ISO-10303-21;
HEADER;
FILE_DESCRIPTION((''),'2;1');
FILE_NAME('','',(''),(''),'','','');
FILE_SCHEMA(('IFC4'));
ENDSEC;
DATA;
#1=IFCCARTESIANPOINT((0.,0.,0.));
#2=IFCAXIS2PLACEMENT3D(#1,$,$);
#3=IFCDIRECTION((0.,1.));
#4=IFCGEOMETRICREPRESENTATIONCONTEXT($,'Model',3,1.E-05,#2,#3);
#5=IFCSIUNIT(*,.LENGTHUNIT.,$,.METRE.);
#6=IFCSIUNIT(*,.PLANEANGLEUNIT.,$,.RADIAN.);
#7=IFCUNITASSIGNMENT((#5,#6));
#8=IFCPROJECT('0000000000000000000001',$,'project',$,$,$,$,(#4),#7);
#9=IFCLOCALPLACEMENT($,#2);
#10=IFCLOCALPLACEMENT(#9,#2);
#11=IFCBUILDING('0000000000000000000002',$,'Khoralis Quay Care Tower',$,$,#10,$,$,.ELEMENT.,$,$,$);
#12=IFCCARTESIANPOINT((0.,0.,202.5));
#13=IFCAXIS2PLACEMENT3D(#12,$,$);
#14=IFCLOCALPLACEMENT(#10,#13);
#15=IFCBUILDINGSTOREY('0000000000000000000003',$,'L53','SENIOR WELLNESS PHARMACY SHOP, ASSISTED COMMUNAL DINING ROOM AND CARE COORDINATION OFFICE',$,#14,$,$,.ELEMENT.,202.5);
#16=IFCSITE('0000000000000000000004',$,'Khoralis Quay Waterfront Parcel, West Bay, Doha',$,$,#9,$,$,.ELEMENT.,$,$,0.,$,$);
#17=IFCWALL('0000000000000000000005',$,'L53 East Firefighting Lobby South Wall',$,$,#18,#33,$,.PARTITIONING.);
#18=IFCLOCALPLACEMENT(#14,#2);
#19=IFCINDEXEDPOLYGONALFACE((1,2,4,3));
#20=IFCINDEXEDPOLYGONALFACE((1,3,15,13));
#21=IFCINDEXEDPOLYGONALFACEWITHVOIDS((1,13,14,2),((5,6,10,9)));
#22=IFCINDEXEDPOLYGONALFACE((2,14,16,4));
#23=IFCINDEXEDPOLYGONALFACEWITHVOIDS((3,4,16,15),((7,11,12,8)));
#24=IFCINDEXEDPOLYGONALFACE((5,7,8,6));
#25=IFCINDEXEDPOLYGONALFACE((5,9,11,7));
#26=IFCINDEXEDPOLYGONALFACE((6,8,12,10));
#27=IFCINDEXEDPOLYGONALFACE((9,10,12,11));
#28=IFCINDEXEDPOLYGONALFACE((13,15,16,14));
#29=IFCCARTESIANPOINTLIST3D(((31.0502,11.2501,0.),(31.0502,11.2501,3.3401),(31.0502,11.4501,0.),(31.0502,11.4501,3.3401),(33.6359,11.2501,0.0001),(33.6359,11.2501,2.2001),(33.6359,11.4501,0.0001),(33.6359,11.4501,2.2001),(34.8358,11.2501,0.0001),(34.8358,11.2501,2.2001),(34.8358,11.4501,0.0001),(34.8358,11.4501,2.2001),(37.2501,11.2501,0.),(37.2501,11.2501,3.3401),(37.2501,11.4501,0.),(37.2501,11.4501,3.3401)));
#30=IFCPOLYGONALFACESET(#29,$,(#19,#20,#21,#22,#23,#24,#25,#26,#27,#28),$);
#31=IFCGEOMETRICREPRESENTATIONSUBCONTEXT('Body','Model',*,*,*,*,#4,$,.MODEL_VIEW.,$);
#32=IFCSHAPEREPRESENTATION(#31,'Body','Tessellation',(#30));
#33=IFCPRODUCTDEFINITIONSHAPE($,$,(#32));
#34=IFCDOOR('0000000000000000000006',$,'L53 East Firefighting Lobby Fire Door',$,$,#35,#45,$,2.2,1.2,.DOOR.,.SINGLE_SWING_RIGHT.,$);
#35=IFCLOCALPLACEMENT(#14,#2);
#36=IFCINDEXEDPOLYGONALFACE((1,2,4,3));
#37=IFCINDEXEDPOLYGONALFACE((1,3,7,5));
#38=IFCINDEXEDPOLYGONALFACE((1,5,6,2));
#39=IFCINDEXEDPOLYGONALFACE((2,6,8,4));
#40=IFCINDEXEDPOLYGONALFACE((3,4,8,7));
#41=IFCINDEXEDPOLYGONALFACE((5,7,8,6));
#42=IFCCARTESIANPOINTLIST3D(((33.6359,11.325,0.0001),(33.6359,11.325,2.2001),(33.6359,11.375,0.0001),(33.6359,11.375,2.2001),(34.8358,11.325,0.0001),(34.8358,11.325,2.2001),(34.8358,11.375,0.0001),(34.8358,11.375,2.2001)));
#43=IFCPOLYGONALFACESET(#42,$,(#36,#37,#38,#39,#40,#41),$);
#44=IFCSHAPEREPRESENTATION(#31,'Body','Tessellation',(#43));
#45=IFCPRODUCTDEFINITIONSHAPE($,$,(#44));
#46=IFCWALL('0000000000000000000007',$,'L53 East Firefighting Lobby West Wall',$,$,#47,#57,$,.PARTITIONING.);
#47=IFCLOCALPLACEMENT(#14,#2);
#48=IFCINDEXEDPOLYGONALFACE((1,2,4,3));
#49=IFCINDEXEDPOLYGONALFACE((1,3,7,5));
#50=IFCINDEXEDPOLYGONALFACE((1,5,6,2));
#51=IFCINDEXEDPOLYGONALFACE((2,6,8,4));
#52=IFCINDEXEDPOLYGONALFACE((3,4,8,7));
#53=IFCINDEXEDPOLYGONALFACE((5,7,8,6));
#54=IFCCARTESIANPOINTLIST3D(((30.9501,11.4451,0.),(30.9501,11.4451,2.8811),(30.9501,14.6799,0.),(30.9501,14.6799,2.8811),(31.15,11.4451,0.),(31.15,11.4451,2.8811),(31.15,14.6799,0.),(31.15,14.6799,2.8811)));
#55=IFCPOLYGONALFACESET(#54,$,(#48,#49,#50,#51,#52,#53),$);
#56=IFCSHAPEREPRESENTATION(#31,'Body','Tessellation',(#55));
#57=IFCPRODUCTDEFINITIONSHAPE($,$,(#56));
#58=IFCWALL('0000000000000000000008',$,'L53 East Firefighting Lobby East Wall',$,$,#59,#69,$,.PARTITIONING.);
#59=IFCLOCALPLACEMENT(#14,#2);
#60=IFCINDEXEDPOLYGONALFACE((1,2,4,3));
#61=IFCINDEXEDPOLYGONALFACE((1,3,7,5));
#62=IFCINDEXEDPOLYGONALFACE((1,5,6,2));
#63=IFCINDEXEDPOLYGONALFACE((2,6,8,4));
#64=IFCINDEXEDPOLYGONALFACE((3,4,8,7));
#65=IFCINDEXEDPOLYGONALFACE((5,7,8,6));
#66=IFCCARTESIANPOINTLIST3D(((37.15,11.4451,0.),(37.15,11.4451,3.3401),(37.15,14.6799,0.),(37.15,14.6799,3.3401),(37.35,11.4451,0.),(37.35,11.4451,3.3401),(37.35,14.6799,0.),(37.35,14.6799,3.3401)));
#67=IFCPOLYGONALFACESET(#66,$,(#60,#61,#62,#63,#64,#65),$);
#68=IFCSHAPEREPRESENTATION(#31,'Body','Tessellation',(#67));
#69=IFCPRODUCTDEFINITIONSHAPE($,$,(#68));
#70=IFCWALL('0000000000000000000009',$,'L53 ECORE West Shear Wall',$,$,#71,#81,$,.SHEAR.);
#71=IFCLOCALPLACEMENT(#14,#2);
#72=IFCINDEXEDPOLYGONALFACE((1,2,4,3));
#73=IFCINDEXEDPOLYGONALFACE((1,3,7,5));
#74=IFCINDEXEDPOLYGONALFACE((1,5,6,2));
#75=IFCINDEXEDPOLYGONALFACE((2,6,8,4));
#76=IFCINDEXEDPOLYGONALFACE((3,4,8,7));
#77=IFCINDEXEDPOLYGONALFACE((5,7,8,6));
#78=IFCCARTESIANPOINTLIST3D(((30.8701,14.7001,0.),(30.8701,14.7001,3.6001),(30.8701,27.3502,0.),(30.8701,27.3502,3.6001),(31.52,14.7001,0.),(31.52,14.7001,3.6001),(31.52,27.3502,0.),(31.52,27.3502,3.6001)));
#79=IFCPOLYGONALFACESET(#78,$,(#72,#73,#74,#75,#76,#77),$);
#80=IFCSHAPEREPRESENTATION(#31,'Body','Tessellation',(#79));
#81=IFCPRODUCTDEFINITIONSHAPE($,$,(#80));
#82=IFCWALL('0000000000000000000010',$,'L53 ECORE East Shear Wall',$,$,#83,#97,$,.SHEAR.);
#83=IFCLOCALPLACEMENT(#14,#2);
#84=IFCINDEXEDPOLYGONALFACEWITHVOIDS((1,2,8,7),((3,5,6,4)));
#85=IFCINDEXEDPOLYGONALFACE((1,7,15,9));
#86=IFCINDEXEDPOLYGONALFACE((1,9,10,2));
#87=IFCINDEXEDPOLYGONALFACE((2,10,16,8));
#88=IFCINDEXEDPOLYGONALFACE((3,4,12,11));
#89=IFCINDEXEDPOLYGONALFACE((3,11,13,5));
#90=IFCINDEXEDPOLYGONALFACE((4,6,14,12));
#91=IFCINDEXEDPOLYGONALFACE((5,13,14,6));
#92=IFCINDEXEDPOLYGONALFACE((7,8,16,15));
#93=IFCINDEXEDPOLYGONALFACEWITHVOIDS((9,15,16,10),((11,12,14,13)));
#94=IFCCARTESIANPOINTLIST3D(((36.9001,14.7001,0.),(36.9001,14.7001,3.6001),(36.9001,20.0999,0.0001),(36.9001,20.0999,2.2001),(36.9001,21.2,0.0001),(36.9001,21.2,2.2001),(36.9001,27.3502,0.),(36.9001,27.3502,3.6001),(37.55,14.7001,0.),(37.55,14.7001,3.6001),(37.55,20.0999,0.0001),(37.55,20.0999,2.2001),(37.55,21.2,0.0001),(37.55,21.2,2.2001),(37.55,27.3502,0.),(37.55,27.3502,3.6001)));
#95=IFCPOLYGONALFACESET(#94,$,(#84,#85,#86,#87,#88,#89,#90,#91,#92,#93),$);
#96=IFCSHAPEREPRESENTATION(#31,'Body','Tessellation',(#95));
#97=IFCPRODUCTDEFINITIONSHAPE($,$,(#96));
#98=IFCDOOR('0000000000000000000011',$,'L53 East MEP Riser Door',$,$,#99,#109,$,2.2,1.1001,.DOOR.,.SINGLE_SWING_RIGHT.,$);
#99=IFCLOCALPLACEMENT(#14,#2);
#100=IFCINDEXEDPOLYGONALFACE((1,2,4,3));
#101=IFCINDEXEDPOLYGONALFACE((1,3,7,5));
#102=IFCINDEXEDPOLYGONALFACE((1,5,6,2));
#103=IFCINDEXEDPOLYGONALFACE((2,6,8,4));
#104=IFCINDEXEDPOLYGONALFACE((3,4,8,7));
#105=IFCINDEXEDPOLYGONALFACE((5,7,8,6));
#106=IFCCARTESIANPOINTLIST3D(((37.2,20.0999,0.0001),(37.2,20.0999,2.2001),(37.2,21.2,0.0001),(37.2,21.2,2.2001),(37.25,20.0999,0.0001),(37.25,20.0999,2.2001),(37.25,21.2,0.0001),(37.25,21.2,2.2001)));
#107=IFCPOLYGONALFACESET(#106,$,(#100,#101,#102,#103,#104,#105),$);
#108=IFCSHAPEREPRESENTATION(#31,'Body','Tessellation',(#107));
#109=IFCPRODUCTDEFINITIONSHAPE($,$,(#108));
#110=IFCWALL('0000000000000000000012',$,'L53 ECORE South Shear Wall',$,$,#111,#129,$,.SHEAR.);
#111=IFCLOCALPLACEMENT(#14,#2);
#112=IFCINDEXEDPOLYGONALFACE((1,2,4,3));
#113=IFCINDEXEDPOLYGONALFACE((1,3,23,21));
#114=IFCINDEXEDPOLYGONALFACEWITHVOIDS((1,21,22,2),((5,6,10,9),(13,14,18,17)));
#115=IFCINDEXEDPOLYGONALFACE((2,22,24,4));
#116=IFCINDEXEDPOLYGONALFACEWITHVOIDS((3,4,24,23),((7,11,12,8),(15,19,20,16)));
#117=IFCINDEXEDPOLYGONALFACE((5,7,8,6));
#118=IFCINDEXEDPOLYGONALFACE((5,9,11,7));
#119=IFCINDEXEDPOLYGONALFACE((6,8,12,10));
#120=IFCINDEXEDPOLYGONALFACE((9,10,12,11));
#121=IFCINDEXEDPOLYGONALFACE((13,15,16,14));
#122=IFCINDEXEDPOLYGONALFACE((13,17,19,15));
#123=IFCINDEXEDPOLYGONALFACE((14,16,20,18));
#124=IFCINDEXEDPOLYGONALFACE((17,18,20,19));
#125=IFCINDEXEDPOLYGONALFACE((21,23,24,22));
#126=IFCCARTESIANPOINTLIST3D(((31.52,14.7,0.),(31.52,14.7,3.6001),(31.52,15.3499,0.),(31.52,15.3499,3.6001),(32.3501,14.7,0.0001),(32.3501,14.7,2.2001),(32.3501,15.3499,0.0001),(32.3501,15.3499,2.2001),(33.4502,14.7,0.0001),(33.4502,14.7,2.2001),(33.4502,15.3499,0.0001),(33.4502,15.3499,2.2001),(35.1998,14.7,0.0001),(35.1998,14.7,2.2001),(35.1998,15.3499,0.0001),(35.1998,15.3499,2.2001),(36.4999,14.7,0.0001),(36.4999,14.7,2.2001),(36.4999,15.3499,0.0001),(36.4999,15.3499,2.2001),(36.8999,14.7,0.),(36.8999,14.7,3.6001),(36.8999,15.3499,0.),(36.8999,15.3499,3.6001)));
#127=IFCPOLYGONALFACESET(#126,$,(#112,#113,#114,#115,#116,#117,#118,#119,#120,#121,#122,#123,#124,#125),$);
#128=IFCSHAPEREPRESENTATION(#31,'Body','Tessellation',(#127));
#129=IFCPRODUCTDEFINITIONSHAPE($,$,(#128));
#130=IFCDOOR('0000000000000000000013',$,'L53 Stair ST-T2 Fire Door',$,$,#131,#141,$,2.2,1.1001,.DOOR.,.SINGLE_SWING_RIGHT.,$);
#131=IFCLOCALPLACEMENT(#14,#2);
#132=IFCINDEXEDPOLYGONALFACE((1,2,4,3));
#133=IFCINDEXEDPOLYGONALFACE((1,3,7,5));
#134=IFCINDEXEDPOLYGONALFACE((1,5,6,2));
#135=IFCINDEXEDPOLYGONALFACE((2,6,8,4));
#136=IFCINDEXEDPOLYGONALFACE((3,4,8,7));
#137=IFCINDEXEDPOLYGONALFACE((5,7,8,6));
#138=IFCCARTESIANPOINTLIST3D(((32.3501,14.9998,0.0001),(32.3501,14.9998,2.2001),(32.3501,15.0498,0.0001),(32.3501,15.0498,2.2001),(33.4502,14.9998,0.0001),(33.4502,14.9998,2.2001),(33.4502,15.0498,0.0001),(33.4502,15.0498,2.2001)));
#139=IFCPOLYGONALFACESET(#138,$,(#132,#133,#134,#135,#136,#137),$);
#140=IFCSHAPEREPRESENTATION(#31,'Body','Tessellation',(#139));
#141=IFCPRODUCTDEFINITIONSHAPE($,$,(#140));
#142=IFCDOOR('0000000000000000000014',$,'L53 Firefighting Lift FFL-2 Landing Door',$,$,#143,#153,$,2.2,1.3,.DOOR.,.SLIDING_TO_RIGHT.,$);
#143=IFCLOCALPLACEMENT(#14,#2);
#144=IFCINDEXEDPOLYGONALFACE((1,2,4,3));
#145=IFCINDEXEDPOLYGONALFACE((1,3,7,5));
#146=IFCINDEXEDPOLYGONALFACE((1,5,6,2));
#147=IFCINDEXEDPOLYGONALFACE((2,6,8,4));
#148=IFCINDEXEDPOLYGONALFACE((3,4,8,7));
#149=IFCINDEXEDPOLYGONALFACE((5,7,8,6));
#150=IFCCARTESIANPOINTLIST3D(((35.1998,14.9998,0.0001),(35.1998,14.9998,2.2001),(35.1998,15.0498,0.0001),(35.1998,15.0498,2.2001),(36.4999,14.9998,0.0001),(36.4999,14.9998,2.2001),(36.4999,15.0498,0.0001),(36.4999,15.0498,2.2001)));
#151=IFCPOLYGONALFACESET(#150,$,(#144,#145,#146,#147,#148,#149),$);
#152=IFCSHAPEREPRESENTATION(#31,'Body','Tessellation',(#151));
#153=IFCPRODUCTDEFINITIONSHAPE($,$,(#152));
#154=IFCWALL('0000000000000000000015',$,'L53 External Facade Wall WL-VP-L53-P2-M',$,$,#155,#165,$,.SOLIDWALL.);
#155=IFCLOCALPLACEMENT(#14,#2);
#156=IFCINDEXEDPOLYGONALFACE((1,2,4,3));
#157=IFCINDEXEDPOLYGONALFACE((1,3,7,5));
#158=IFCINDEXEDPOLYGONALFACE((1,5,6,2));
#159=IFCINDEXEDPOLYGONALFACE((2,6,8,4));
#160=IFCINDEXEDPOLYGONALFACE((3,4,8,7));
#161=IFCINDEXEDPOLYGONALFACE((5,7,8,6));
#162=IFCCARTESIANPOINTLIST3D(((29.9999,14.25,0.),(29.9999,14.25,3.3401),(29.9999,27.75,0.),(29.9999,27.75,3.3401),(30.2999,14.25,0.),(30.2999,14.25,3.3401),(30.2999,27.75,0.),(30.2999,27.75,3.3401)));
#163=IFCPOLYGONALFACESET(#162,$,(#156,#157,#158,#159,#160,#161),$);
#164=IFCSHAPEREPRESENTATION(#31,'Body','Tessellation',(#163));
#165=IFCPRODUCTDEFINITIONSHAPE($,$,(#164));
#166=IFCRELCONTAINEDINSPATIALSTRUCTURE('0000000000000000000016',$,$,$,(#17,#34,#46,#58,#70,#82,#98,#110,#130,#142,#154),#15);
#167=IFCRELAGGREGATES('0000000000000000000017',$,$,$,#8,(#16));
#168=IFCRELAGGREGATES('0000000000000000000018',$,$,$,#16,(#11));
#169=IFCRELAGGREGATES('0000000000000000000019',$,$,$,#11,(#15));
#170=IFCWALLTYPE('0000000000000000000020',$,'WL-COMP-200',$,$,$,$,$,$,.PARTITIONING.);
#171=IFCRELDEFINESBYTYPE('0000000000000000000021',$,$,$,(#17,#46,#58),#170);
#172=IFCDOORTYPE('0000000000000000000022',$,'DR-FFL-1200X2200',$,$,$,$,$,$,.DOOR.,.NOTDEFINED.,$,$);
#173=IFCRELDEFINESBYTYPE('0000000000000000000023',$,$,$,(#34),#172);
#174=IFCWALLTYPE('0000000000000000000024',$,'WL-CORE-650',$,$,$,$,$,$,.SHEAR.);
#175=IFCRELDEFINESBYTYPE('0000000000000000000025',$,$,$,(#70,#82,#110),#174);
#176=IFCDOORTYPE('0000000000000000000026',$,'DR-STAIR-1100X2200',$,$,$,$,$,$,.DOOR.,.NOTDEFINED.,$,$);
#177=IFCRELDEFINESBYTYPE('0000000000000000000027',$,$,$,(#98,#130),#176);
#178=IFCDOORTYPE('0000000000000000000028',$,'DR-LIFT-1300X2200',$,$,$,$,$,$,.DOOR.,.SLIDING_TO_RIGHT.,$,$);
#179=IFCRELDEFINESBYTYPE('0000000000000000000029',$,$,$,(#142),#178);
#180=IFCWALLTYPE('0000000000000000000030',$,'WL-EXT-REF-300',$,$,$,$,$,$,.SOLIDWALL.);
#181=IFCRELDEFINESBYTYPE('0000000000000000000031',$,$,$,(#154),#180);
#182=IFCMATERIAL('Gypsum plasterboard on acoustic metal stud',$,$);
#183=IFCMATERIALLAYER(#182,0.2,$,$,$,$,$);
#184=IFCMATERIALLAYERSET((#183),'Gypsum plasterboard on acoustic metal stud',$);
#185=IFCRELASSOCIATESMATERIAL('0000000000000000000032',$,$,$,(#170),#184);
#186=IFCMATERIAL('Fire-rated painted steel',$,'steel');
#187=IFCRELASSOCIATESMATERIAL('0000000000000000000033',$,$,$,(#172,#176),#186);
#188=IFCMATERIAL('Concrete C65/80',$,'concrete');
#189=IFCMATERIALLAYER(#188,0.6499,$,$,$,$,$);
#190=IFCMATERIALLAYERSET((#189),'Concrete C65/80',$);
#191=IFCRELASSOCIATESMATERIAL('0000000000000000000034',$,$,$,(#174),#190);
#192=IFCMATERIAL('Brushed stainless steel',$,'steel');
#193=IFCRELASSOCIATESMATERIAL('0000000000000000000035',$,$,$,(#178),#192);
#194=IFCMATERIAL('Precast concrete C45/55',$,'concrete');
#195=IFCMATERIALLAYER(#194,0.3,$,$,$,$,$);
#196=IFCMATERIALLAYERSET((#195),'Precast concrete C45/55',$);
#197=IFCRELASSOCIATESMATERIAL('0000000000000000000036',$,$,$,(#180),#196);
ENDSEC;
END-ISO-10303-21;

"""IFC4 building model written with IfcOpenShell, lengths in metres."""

from ifc_helpers import new_model, si_unit, direction, frame, frame_2d, origin, place, context, subcontext, project, spatial, rectangle, extrude, source, transform, mapped, material, layer, layer_set, type_object, element, fill, save


model = new_model("IFC4")

# Units and contexts
model_context = context("Model", 3, precision=1e-05, world=origin(), true_north=direction((0.0, 1.0)))
body_context = subcontext(model_context, "Body", "Model", "MODEL_VIEW")
ifc_project = project(units=[si_unit("LENGTHUNIT", "METRE"), si_unit("PLANEANGLEUNIT", "RADIAN")], contexts=[model_context])

# Site, building, storey
site_placement = place(None, origin())
site = spatial("IfcSite", under=ifc_project, at=site_placement, Name="Khoralis Quay Waterfront Parcel, West Bay, Doha", CompositionType="ELEMENT", RefElevation=0.0)
building_placement = place(site_placement, origin())
building = spatial("IfcBuilding", under=site, at=building_placement, Name="Khoralis Quay Care Tower", CompositionType="ELEMENT")
storey_placement = place(building_placement, frame((0.0, 0.0, 202.5)))
storey = spatial("IfcBuildingStorey", under=building, at=storey_placement, Name="L53", Description="SENIOR WELLNESS PHARMACY SHOP, ASSISTED COMMUNAL DINING ROOM AND CARE COORDINATION OFFICE", CompositionType="ELEMENT", Elevation=202.5)

# Wall, opening, door
ifc_material_1 = material(Name="Gypsum plasterboard on acoustic metal stud")
ifc_layer_1 = layer(ifc_material_1, 0.2)
ifc_layer_set_1 = layer_set([ifc_layer_1], Name="Gypsum plasterboard on acoustic metal stud")
wall_type_1 = type_object("IfcWallType", Name="WL-COMP-200", PredefinedType="PARTITIONING", material=ifc_layer_set_1)
wall_1_placement = place(storey_placement, frame((31.05, 11.3501, 0.0), z_axis=(0.0, 0.0, 1.0), x_axis=(1.0, 0.0, 0.0)))
wall_1 = element("IfcWall", 1, at=wall_1_placement, inside=storey, type_object=wall_type_1, Name="L53 East Firefighting Lobby South Wall", PredefinedType="PARTITIONING", context=body_context, shape_type="SweptSolid", body=[
    extrude(rectangle(XDim=6.2, YDim=0.2, at=frame_2d((3.1001, 0.0))), origin(), (0.0, 0.0, 1.0), 3.3401),
])
opening_1_placement = place(wall_1_placement, frame((2.5857, 0.0, 0.0)))
opening_1 = element("IfcOpeningElement", 2, at=opening_1_placement, cuts=wall_1, PredefinedType="OPENING", context=body_context, shape_type="SweptSolid", body=[
    extrude(rectangle(XDim=1.2, YDim=2.2, at=frame_2d((0.6001, 1.1001))), frame((0.0, 0.1099, 0.0), z_axis=(0.0, -1.0, 0.0), x_axis=(1.0, 0.0, 0.0)), (0.0, 0.0, 1.0), 0.22),
])
ifc_material_2 = material(Name="Fire-rated painted steel", Category="steel")
door_type_1 = type_object("IfcDoorType", Name="DR-FFL-1200X2200", OperationType="NOTDEFINED", PredefinedType="DOOR", material=ifc_material_2)
shared_shape_1 = source(origin(), body_context, "Body", "SweptSolid", [
    extrude(rectangle(XDim=1.2, YDim=2.2, at=frame_2d((0.6001, 1.1001))), frame((0.0, 0.0249, 0.0), z_axis=(0.0, -1.0, 0.0), x_axis=(1.0, 0.0, 0.0)), (0.0, 0.0, 1.0), 0.05),
])
door_1_placement = place(opening_1_placement, origin())
door_1 = element("IfcDoor", 3, at=door_1_placement, inside=storey, type_object=door_type_1, Name="L53 East Firefighting Lobby Fire Door", OperationType="SINGLE_SWING_RIGHT", OverallHeight=2.2, OverallWidth=1.2, PredefinedType="DOOR", context=body_context, shape_type="MappedRepresentation", body=[
    mapped(shared_shape_1, transform((0.0, 0.0, 0.0), scale=1.0)),
])
fill(opening_1, door_1)

# Walls
wall_2_placement = place(storey_placement, frame((31.05, 11.4451, 0.0), z_axis=(0.0, 0.0, 1.0), x_axis=(0.0, 1.0, 0.0)))
element("IfcWall", 4, at=wall_2_placement, inside=storey, type_object=wall_type_1, Name="L53 East Firefighting Lobby West Wall", PredefinedType="PARTITIONING", context=body_context, shape_type="SweptSolid", body=[
    extrude(rectangle(XDim=3.2349, YDim=0.2, at=frame_2d((1.6174, 0.0))), origin(), (0.0, 0.0, 1.0), 2.8811),
])
wall_3_placement = place(storey_placement, frame((37.25, 11.4451, 0.0), z_axis=(0.0, 0.0, 1.0), x_axis=(0.0, 1.0, 0.0)))
element("IfcWall", 5, at=wall_3_placement, inside=storey, type_object=wall_type_1, Name="L53 East Firefighting Lobby East Wall", PredefinedType="PARTITIONING", context=body_context, shape_type="SweptSolid", body=[
    extrude(rectangle(XDim=3.2349, YDim=0.2, at=frame_2d((1.6174, 0.0))), origin(), (0.0, 0.0, 1.0), 3.3401),
])
ifc_material_3 = material(Name="Concrete C65/80", Category="concrete")
ifc_layer_2 = layer(ifc_material_3, 0.6499)
ifc_layer_set_2 = layer_set([ifc_layer_2], Name="Concrete C65/80")
wall_type_2 = type_object("IfcWallType", Name="WL-CORE-650", PredefinedType="SHEAR", material=ifc_layer_set_2)
wall_4_placement = place(storey_placement, frame((31.1951, 14.7, 0.0), z_axis=(0.0, 0.0, 1.0), x_axis=(0.0, 1.0, 0.0)))
element("IfcWall", 6, at=wall_4_placement, inside=storey, type_object=wall_type_2, Name="L53 ECORE West Shear Wall", PredefinedType="SHEAR", context=body_context, shape_type="SweptSolid", body=[
    extrude(rectangle(XDim=12.6501, YDim=0.6499, at=frame_2d((6.3252, 0.0))), origin(), (0.0, 0.0, 1.0), 3.6001),
])

# Wall, opening, door
wall_5_placement = place(storey_placement, frame((37.2251, 14.7, 0.0), z_axis=(0.0, 0.0, 1.0), x_axis=(0.0, 1.0, 0.0)))
wall_5 = element("IfcWall", 7, at=wall_5_placement, inside=storey, type_object=wall_type_2, Name="L53 ECORE East Shear Wall", PredefinedType="SHEAR", context=body_context, shape_type="SweptSolid", body=[
    extrude(rectangle(XDim=12.6501, YDim=0.6499, at=frame_2d((6.3252, 0.0))), origin(), (0.0, 0.0, 1.0), 3.6001),
])
opening_2_placement = place(wall_5_placement, frame((5.3999, 0.0, 0.0)))
opening_2 = element("IfcOpeningElement", 8, at=opening_2_placement, cuts=wall_5, PredefinedType="OPENING", context=body_context, shape_type="SweptSolid", body=[
    extrude(rectangle(XDim=1.1001, YDim=2.2, at=frame_2d((0.55, 1.1001))), frame((0.0, 0.335, 0.0), z_axis=(0.0, -1.0, 0.0), x_axis=(1.0, 0.0, 0.0)), (0.0, 0.0, 1.0), 0.6699),
])
door_type_2 = type_object("IfcDoorType", Name="DR-STAIR-1100X2200", OperationType="NOTDEFINED", PredefinedType="DOOR", material=ifc_material_2)
shared_shape_2 = source(origin(), body_context, "Body", "SweptSolid", [
    extrude(rectangle(XDim=1.1001, YDim=2.2, at=frame_2d((0.55, 1.1001))), frame((0.0, 0.0249, 0.0), z_axis=(0.0, -1.0, 0.0), x_axis=(1.0, 0.0, 0.0)), (0.0, 0.0, 1.0), 0.05),
])
door_2_placement = place(opening_2_placement, frame((1.1001, 0.0, 0.0), z_axis=(0.0, 0.0, 1.0), x_axis=(-1.0, 0.0, 0.0)))
door_2 = element("IfcDoor", 9, at=door_2_placement, inside=storey, type_object=door_type_2, Name="L53 East MEP Riser Door", OperationType="SINGLE_SWING_RIGHT", OverallHeight=2.2, OverallWidth=1.1001, PredefinedType="DOOR", context=body_context, shape_type="MappedRepresentation", body=[
    mapped(shared_shape_2, transform((0.0, 0.0, 0.0), scale=1.0)),
])
fill(opening_2, door_2)

# Wall, openings, doors
wall_6_placement = place(storey_placement, frame((31.52, 15.0249, 0.0), z_axis=(0.0, 0.0, 1.0), x_axis=(1.0, 0.0, 0.0)))
wall_6 = element("IfcWall", 10, at=wall_6_placement, inside=storey, type_object=wall_type_2, Name="L53 ECORE South Shear Wall", PredefinedType="SHEAR", context=body_context, shape_type="SweptSolid", body=[
    extrude(rectangle(XDim=5.3799, YDim=0.6499, at=frame_2d((2.6899, 0.0))), origin(), (0.0, 0.0, 1.0), 3.6001),
])
opening_3_placement = place(wall_6_placement, frame((0.8301, 0.0, 0.0)))
opening_3 = element("IfcOpeningElement", 11, at=opening_3_placement, cuts=wall_6, PredefinedType="OPENING", context=body_context, shape_type="SweptSolid", body=[
    extrude(rectangle(XDim=1.1001, YDim=2.2, at=frame_2d((0.55, 1.1001))), frame((0.0, 0.335, 0.0), z_axis=(0.0, -1.0, 0.0), x_axis=(1.0, 0.0, 0.0)), (0.0, 0.0, 1.0), 0.6699),
])
opening_4_placement = place(wall_6_placement, frame((3.6799, 0.0, 0.0)))
opening_4 = element("IfcOpeningElement", 12, at=opening_4_placement, cuts=wall_6, PredefinedType="OPENING", context=body_context, shape_type="SweptSolid", body=[
    extrude(rectangle(XDim=1.3, YDim=2.2, at=frame_2d((0.6499, 1.1001))), frame((0.0, 0.335, 0.0), z_axis=(0.0, -1.0, 0.0), x_axis=(1.0, 0.0, 0.0)), (0.0, 0.0, 1.0), 0.6699),
])
door_3_placement = place(opening_3_placement, origin())
door_3 = element("IfcDoor", 13, at=door_3_placement, inside=storey, type_object=door_type_2, Name="L53 Stair ST-T2 Fire Door", OperationType="SINGLE_SWING_RIGHT", OverallHeight=2.2, OverallWidth=1.1001, PredefinedType="DOOR", context=body_context, shape_type="MappedRepresentation", body=[
    mapped(shared_shape_2, transform((0.0, 0.0, 0.0), scale=1.0)),
])
fill(opening_3, door_3)
ifc_material_4 = material(Name="Brushed stainless steel", Category="steel")
door_type_3 = type_object("IfcDoorType", Name="DR-LIFT-1300X2200", OperationType="SLIDING_TO_RIGHT", PredefinedType="DOOR", material=ifc_material_4)
shared_shape_3 = source(origin(), body_context, "Body", "SweptSolid", [
    extrude(rectangle(XDim=1.3, YDim=2.2, at=frame_2d((0.6499, 1.1001))), frame((0.0, 0.0249, 0.0), z_axis=(0.0, -1.0, 0.0), x_axis=(1.0, 0.0, 0.0)), (0.0, 0.0, 1.0), 0.05),
])
door_4_placement = place(opening_4_placement, origin())
door_4 = element("IfcDoor", 14, at=door_4_placement, inside=storey, type_object=door_type_3, Name="L53 Firefighting Lift FFL-2 Landing Door", OperationType="SLIDING_TO_RIGHT", OverallHeight=2.2, OverallWidth=1.3, PredefinedType="DOOR", context=body_context, shape_type="MappedRepresentation", body=[
    mapped(shared_shape_3, transform((0.0, 0.0, 0.0), scale=1.0)),
])
fill(opening_4, door_4)

# Wall
ifc_material_5 = material(Name="Precast concrete C45/55", Category="concrete")
ifc_layer_3 = layer(ifc_material_5, 0.3)
ifc_layer_set_3 = layer_set([ifc_layer_3], Name="Precast concrete C45/55")
wall_type_3 = type_object("IfcWallType", Name="WL-EXT-REF-300", PredefinedType="SOLIDWALL", material=ifc_layer_set_3)
wall_7_placement = place(storey_placement, frame((30.1499, 14.25, 0.0), z_axis=(0.0, 0.0, 1.0), x_axis=(0.0, 1.0, 0.0)))
element("IfcWall", 15, at=wall_7_placement, inside=storey, type_object=wall_type_3, Name="L53 External Facade Wall WL-VP-L53-P2-M", PredefinedType="SOLIDWALL", context=body_context, shape_type="SweptSolid", body=[
    extrude(rectangle(XDim=13.5, YDim=0.3, at=frame_2d((6.75, 0.0))), origin(), (0.0, 0.0, 1.0), 3.3401),
])

save(model, "model.ifc")
